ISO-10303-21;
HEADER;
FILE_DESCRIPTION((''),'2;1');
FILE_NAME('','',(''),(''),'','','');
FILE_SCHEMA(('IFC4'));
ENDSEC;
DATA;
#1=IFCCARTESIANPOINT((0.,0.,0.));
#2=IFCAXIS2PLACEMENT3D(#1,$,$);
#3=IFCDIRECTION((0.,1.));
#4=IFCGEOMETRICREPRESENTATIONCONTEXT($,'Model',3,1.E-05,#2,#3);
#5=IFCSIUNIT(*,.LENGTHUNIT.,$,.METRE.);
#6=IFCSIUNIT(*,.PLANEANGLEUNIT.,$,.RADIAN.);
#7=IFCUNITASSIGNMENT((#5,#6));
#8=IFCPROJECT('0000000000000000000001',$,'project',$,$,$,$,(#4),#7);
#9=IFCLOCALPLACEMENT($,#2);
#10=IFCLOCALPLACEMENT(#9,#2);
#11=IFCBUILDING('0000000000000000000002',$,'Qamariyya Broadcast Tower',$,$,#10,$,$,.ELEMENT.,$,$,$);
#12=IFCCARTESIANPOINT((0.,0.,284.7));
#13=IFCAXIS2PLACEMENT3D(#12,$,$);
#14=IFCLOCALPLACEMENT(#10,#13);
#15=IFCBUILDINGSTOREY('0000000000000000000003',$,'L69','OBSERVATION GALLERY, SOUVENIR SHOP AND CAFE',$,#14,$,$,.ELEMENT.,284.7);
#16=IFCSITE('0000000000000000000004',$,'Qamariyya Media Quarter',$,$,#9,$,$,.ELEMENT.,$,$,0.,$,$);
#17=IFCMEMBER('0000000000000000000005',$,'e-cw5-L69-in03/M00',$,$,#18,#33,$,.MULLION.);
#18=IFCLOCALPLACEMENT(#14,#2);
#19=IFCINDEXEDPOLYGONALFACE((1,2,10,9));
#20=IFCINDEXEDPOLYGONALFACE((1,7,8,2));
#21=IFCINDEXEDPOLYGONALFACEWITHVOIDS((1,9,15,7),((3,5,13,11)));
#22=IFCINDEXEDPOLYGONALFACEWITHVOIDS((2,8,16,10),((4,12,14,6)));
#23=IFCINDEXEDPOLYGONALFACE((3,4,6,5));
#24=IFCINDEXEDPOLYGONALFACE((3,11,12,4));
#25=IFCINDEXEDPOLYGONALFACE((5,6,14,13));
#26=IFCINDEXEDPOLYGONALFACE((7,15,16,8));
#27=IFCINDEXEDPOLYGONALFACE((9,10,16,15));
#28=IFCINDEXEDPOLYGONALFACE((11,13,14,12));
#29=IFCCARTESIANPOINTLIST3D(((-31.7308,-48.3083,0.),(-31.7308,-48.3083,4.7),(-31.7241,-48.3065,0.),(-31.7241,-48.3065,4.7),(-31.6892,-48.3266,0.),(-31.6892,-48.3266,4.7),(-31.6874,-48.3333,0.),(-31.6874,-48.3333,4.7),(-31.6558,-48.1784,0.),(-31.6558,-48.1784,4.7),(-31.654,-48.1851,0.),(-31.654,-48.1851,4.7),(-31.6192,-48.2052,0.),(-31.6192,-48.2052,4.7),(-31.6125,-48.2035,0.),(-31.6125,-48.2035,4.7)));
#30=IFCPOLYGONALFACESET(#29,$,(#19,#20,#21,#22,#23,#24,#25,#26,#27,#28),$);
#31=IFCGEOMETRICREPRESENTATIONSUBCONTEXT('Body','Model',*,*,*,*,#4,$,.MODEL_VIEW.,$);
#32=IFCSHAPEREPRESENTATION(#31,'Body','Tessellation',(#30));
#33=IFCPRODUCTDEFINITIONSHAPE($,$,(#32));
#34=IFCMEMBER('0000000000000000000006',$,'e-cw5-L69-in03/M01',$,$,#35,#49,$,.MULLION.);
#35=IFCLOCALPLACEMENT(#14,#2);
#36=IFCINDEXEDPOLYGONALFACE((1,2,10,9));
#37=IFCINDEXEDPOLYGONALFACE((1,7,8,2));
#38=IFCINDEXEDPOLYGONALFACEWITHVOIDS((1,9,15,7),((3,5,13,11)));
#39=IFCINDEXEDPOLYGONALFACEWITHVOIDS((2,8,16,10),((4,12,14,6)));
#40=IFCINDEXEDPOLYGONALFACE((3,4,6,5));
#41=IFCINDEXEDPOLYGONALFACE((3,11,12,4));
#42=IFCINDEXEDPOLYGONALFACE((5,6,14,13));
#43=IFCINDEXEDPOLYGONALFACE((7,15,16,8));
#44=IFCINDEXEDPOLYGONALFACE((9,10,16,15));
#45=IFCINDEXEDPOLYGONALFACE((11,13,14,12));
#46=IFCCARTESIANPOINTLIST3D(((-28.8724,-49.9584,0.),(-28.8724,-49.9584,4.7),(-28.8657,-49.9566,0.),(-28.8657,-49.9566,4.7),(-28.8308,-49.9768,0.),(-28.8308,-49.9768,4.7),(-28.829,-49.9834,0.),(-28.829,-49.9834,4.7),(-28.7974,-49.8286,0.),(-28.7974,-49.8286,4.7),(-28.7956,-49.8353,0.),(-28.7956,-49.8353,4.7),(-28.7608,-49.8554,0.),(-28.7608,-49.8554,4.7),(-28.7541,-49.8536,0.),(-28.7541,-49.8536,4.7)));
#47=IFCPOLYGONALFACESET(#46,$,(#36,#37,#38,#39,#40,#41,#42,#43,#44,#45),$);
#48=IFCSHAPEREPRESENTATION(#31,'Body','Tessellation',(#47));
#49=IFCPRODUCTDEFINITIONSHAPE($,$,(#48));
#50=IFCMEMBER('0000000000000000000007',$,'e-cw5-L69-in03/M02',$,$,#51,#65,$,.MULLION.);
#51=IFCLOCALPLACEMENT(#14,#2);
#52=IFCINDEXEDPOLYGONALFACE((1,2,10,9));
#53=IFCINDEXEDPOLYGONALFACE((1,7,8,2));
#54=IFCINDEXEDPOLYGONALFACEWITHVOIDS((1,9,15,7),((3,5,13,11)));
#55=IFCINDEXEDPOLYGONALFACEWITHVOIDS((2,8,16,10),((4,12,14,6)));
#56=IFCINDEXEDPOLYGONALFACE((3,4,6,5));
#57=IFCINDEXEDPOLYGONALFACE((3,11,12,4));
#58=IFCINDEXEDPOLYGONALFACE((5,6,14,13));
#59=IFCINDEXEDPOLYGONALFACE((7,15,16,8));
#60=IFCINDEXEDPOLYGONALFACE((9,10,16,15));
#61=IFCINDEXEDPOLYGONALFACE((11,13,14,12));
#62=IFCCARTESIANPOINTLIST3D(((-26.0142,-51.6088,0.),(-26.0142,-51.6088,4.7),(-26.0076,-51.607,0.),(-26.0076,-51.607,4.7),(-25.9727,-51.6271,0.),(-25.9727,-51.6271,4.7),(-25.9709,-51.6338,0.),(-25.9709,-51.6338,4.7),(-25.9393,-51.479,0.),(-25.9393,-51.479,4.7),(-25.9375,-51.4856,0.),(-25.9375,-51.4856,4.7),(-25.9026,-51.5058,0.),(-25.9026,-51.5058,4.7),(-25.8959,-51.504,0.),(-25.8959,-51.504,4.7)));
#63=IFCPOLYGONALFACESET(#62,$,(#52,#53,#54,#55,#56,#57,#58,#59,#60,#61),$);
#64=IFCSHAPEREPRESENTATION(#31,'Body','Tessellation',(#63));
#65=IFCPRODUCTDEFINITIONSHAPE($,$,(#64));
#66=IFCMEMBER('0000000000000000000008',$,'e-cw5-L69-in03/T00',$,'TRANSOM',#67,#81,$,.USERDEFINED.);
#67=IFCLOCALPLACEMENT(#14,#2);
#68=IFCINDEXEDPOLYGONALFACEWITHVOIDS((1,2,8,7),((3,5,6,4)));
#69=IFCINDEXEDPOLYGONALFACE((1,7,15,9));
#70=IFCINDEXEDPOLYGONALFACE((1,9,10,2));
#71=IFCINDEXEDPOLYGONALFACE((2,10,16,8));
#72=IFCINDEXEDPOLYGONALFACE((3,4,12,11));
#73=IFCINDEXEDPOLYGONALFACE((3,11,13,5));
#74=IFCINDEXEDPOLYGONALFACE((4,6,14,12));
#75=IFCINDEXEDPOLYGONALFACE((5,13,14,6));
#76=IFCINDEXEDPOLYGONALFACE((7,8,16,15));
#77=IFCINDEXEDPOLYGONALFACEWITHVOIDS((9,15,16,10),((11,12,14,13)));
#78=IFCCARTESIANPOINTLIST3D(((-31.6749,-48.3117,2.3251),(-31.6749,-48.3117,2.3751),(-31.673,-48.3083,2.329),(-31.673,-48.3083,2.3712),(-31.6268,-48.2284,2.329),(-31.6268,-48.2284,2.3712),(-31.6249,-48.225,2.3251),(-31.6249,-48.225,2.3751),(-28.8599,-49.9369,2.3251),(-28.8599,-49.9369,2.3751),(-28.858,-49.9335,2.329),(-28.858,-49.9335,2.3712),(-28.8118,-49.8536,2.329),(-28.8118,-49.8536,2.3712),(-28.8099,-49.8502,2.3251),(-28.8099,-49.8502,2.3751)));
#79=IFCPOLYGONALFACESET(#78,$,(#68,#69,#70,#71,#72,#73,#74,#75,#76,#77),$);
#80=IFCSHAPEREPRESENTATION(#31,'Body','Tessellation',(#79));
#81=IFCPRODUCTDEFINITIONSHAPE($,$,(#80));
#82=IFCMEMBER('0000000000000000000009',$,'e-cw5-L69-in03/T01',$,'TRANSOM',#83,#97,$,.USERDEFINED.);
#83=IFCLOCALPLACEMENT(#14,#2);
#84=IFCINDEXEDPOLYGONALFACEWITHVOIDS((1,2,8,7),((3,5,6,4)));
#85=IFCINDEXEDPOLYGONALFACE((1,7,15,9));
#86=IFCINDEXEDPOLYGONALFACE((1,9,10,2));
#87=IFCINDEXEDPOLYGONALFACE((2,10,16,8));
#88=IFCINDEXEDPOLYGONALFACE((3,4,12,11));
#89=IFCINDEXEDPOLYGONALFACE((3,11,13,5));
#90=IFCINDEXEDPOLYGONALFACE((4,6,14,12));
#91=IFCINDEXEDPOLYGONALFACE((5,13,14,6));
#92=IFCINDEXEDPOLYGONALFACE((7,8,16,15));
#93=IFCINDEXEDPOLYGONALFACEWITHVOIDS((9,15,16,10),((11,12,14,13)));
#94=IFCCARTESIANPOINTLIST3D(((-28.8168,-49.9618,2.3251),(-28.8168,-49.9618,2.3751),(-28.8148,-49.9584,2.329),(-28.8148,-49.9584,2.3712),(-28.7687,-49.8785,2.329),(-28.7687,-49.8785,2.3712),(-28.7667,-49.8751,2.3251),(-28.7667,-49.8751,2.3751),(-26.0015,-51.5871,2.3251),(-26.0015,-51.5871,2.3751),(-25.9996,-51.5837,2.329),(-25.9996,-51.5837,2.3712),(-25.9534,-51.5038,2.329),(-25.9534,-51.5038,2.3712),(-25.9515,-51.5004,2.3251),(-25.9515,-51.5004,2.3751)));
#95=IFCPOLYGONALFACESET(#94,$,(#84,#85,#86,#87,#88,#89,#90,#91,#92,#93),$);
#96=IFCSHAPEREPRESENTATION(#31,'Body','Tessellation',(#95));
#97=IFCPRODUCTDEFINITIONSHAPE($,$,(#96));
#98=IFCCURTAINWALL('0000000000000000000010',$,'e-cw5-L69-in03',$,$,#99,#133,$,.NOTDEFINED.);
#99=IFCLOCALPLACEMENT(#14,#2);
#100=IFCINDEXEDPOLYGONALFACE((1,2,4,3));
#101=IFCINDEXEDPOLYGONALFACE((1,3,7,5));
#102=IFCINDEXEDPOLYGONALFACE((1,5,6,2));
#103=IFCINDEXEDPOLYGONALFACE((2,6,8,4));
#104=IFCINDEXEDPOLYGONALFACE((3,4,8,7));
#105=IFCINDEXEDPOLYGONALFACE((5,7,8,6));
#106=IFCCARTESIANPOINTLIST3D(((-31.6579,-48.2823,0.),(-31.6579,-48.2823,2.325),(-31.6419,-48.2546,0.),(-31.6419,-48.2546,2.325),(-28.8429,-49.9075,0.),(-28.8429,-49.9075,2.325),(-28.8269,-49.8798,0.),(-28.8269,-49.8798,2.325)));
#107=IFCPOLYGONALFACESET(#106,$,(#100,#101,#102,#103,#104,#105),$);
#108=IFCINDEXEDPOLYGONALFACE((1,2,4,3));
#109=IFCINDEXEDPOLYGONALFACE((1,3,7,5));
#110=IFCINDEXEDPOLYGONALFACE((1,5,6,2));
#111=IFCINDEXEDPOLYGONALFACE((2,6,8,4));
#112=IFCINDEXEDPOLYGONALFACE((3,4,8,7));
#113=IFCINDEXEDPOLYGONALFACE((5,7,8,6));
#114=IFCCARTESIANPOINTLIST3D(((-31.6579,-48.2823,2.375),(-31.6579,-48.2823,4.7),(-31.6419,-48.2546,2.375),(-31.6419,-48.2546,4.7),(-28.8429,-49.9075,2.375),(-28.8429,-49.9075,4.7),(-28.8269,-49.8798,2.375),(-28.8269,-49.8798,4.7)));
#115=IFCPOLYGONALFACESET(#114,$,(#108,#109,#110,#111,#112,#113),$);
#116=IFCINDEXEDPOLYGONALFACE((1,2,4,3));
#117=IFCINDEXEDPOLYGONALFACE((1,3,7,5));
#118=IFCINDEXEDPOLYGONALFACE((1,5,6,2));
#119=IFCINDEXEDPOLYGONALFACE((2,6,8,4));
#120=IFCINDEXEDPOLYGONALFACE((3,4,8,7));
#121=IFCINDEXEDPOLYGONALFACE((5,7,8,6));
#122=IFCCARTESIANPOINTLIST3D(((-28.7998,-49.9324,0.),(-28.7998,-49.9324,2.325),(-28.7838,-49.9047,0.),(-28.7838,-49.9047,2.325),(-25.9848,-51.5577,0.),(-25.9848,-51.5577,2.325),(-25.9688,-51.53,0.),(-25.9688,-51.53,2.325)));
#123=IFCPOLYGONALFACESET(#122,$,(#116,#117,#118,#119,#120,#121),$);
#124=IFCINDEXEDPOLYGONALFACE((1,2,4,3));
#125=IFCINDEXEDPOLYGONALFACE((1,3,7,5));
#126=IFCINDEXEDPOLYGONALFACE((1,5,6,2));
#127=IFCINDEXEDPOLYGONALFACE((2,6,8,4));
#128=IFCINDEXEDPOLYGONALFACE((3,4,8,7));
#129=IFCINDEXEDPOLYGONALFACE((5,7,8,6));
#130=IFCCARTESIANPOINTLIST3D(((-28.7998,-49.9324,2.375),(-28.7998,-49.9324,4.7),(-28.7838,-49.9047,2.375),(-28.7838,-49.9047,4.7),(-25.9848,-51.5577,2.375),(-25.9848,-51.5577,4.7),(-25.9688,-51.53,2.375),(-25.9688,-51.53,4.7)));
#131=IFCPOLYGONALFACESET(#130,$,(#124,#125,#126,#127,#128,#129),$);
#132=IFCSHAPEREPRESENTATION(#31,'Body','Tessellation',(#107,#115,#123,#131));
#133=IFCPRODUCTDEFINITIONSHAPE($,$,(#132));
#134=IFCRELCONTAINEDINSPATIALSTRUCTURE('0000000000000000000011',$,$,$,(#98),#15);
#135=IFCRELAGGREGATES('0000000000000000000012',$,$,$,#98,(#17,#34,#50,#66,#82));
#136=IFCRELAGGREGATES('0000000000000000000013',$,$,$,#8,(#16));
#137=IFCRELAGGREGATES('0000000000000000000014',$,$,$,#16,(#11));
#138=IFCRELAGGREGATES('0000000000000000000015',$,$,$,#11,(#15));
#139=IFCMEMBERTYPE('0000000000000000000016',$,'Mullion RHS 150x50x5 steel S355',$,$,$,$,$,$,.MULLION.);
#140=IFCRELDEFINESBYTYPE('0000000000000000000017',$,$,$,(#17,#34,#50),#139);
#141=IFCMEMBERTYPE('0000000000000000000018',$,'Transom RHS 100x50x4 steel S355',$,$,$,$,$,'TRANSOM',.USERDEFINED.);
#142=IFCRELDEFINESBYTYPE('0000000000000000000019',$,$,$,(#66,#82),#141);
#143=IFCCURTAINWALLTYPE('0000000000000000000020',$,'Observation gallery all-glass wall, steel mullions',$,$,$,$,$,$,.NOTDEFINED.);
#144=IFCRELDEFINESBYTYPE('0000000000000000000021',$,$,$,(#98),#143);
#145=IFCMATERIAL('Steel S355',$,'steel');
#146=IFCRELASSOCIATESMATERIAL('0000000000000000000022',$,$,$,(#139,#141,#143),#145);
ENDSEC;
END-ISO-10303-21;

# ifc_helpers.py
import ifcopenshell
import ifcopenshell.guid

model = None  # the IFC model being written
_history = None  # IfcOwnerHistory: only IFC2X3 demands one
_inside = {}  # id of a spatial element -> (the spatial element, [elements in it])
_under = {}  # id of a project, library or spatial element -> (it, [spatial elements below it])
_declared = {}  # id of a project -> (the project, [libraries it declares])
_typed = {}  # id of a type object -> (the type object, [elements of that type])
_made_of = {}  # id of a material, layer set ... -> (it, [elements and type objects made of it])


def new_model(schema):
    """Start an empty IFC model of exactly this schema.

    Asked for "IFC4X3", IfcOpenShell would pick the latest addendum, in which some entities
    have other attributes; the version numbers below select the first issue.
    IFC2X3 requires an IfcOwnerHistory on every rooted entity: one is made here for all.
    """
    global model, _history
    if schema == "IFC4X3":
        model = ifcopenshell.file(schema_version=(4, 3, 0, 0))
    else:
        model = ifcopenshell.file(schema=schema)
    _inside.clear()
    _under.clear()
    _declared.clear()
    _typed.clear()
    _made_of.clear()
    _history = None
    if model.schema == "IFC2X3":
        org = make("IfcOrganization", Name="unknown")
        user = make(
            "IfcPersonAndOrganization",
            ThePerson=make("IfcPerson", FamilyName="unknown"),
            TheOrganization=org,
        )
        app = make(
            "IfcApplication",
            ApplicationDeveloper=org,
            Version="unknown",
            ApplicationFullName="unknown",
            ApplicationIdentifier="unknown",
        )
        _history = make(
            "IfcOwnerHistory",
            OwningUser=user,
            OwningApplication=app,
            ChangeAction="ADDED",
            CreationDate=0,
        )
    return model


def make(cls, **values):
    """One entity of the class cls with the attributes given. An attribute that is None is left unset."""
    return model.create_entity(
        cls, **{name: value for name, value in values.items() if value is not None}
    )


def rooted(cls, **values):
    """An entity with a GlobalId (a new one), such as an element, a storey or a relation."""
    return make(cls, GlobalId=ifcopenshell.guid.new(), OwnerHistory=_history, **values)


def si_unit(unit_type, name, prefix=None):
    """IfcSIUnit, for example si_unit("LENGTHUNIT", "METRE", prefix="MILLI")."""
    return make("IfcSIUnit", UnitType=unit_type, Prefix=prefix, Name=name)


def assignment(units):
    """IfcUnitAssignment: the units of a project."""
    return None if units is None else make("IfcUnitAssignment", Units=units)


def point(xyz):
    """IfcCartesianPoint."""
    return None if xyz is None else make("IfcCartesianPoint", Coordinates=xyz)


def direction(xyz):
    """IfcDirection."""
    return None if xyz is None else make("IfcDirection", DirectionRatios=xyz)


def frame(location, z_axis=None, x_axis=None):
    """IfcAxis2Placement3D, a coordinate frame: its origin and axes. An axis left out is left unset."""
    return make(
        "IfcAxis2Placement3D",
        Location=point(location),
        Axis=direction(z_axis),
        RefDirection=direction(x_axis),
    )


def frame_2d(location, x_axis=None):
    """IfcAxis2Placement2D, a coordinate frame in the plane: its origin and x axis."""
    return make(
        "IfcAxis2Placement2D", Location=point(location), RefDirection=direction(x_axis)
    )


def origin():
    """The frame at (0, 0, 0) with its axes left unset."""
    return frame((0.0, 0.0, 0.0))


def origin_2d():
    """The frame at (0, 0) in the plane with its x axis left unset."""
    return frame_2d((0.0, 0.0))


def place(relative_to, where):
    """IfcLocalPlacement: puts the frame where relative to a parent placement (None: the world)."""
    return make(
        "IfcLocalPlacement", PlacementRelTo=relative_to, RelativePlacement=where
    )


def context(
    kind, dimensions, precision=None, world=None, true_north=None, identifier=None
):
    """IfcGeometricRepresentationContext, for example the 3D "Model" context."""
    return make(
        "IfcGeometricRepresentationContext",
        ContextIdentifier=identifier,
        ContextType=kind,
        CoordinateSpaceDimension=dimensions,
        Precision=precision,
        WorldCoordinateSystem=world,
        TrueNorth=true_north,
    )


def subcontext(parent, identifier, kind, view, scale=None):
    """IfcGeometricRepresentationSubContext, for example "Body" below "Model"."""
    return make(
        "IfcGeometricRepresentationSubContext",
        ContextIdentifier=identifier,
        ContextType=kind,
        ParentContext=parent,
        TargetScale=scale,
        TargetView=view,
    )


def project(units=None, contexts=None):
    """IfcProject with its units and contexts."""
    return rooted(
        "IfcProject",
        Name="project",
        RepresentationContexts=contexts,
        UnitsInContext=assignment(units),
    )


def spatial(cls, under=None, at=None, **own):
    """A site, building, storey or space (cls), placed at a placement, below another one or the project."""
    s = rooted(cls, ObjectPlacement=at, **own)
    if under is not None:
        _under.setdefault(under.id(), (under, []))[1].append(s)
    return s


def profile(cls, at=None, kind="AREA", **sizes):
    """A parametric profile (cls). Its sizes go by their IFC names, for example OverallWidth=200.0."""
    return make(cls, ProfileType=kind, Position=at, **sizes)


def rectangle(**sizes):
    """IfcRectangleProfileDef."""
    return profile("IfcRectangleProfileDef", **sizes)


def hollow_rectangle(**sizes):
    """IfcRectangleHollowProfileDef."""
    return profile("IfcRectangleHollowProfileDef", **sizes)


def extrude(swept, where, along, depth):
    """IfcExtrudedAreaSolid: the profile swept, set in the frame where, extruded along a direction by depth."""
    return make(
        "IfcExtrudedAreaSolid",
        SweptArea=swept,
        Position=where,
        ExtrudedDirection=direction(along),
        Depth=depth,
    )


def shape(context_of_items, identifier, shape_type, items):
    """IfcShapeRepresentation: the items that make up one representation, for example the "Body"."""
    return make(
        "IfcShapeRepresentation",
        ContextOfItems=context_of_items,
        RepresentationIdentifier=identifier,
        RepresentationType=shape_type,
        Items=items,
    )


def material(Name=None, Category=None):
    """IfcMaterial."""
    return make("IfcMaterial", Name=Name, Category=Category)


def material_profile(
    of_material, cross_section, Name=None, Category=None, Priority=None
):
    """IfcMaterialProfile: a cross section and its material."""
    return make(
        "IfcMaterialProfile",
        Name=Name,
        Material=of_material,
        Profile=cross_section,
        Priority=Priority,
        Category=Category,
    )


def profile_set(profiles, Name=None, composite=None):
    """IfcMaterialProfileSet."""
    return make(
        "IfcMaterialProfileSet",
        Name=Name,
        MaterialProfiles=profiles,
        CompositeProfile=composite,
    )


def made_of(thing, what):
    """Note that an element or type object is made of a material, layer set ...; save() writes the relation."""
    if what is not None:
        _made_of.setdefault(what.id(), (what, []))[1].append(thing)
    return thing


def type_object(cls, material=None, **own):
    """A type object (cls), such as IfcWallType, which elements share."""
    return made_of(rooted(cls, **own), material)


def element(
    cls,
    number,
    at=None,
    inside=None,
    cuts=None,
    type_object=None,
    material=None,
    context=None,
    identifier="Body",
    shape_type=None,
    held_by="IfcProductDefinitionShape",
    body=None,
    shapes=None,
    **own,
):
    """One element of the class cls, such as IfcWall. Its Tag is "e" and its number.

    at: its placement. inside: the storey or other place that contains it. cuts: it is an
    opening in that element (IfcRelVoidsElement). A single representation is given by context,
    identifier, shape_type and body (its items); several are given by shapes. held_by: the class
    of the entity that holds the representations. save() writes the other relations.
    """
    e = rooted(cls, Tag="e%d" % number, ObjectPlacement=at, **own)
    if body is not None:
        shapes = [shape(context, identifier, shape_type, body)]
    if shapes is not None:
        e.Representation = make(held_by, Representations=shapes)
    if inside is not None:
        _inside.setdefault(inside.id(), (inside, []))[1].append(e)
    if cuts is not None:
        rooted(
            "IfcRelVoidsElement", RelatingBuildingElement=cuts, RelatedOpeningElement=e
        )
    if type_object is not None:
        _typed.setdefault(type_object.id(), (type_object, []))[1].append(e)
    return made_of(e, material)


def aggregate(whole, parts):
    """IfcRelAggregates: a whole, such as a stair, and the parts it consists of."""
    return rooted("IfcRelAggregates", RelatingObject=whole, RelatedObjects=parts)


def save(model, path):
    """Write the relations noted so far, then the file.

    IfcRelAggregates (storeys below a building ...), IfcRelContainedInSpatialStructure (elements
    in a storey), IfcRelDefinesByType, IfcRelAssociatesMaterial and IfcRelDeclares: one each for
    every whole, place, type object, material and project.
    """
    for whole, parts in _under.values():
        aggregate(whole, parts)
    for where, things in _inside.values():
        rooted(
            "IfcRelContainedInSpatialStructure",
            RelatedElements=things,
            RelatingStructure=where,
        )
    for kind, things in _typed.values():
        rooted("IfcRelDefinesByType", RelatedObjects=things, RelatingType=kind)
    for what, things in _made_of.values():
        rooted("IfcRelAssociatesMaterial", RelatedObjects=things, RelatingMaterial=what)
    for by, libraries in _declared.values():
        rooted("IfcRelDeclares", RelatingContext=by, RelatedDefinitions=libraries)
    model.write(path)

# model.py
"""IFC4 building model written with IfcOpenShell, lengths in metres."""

from ifc_helpers import new_model, si_unit, direction, frame, origin, origin_2d, place, context, subcontext, project, spatial, rectangle, hollow_rectangle, extrude, material, material_profile, profile_set, type_object, element, aggregate, save


model = new_model("IFC4")

# Units and contexts
model_context = context("Model", 3, precision=1e-05, world=origin(), true_north=direction((0.0, 1.0)))
body_context = subcontext(model_context, "Body", "Model", "MODEL_VIEW")
ifc_project = project(units=[si_unit("LENGTHUNIT", "METRE"), si_unit("PLANEANGLEUNIT", "RADIAN")], contexts=[model_context])

# Members
ifc_material = material(Name="Steel S355", Category="steel")
ifc_material_profile_1 = material_profile(ifc_material, hollow_rectangle(XDim=0.1499, YDim=0.05, WallThickness=0.0049, at=origin_2d()))
ifc_profile_set_1 = profile_set([ifc_material_profile_1], Name="Steel S355")
member_type_1 = type_object("IfcMemberType", Name="Mullion RHS 150x50x5 steel S355", PredefinedType="MULLION", material=ifc_profile_set_1)
site_placement = place(None, origin())
building_placement = place(site_placement, origin())
storey_placement = place(building_placement, frame((0.0, 0.0, 284.7)))
member_1_placement = place(storey_placement, frame((-31.6716, -48.2559, 0.0), z_axis=(0.0, 0.0, 1.0), x_axis=(0.5, 0.866025, 0.0)))
member_1 = element("IfcMember", 1, at=member_1_placement, type_object=member_type_1, Name="e-cw5-L69-in03/M00", PredefinedType="MULLION", context=body_context, shape_type="SweptSolid", body=[
    extrude(hollow_rectangle(XDim=0.1499, YDim=0.05, WallThickness=0.0049, at=origin_2d()), origin(), (0.0, 0.0, 1.0), 4.7),
])
member_2_placement = place(storey_placement, frame((-28.8132, -49.906, 0.0), z_axis=(0.0, 0.0, 1.0), x_axis=(0.5, 0.866025, 0.0)))
member_2 = element("IfcMember", 2, at=member_2_placement, type_object=member_type_1, Name="e-cw5-L69-in03/M01", PredefinedType="MULLION", context=body_context, shape_type="SweptSolid", body=[
    extrude(hollow_rectangle(XDim=0.1499, YDim=0.05, WallThickness=0.0049, at=origin_2d()), origin(), (0.0, 0.0, 1.0), 4.7),
])
member_3_placement = place(storey_placement, frame((-25.9551, -51.5564, 0.0), z_axis=(0.0, 0.0, 1.0), x_axis=(0.5, 0.866025, 0.0)))
member_3 = element("IfcMember", 3, at=member_3_placement, type_object=member_type_1, Name="e-cw5-L69-in03/M02", PredefinedType="MULLION", context=body_context, shape_type="SweptSolid", body=[
    extrude(hollow_rectangle(XDim=0.1499, YDim=0.05, WallThickness=0.0049, at=origin_2d()), origin(), (0.0, 0.0, 1.0), 4.7),
])
ifc_material_profile_2 = material_profile(ifc_material, hollow_rectangle(XDim=0.1001, YDim=0.05, WallThickness=0.0039, at=origin_2d()))
ifc_profile_set_2 = profile_set([ifc_material_profile_2], Name="Steel S355")
member_type_2 = type_object("IfcMemberType", Name="Transom RHS 100x50x4 steel S355", ElementType="TRANSOM", PredefinedType="USERDEFINED", material=ifc_profile_set_2)
member_4_placement = place(storey_placement, frame((-31.6499, -48.2683, 2.3501), z_axis=(0.86602, -0.500009, 0.0), x_axis=(0.500009, 0.86602, 0.0)))
member_4 = element("IfcMember", 4, at=member_4_placement, type_object=member_type_2, Name="e-cw5-L69-in03/T00", ObjectType="TRANSOM", PredefinedType="USERDEFINED", context=body_context, shape_type="SweptSolid", body=[
    extrude(hollow_rectangle(XDim=0.1001, YDim=0.05, WallThickness=0.0039, at=origin_2d()), origin(), (0.0, 0.0, 1.0), 3.2505),
])
member_5_placement = place(storey_placement, frame((-28.7917, -49.9185, 2.3501), z_axis=(0.866039, -0.499976, 0.0), x_axis=(0.499976, 0.866039, 0.0)))
member_5 = element("IfcMember", 5, at=member_5_placement, type_object=member_type_2, Name="e-cw5-L69-in03/T01", ObjectType="TRANSOM", PredefinedType="USERDEFINED", context=body_context, shape_type="SweptSolid", body=[
    extrude(hollow_rectangle(XDim=0.1001, YDim=0.05, WallThickness=0.0039, at=origin_2d()), origin(), (0.0, 0.0, 1.0), 3.2507),
])

# Site, building, storey
site = spatial("IfcSite", under=ifc_project, at=site_placement, Name="Qamariyya Media Quarter", CompositionType="ELEMENT", RefElevation=0.0)
building = spatial("IfcBuilding", under=site, at=building_placement, Name="Qamariyya Broadcast Tower", CompositionType="ELEMENT")
storey = spatial("IfcBuildingStorey", under=building, at=storey_placement, Name="L69", Description="OBSERVATION GALLERY, SOUVENIR SHOP AND CAFE", CompositionType="ELEMENT", Elevation=284.7)

# Curtain wall
curtain_wall_type = type_object("IfcCurtainWallType", Name="Observation gallery all-glass wall, steel mullions", PredefinedType="NOTDEFINED", material=ifc_material)
curtain_wall_1_placement = place(storey_placement, origin())
curtain_wall_1 = element("IfcCurtainWall", 6, at=curtain_wall_1_placement, inside=storey, type_object=curtain_wall_type, Name="e-cw5-L69-in03", PredefinedType="NOTDEFINED", context=body_context, shape_type="SweptSolid", body=[
    extrude(rectangle(XDim=3.2505, YDim=0.032, at=origin_2d()), frame((-30.2424, -49.0811, 0.0), x_axis=(0.866032, -0.499988, 0.0)), (0.0, 0.0, 1.0), 2.325),
    extrude(rectangle(XDim=3.2505, YDim=0.032, at=origin_2d()), frame((-30.2424, -49.0811, 2.375), x_axis=(0.866032, -0.499988, 0.0)), (0.0, 0.0, 1.0), 2.325),
    extrude(rectangle(XDim=3.2505, YDim=0.032, at=origin_2d()), frame((-27.3843, -50.7312, 0.0), x_axis=(0.866032, -0.499988, 0.0)), (0.0, 0.0, 1.0), 2.325),
    extrude(rectangle(XDim=3.2505, YDim=0.032, at=origin_2d()), frame((-27.3843, -50.7312, 2.375), x_axis=(0.866032, -0.499988, 0.0)), (0.0, 0.0, 1.0), 2.325),
])
aggregate(curtain_wall_1, [member_1, member_2, member_3, member_4, member_5])

save(model, "model.ifc")
